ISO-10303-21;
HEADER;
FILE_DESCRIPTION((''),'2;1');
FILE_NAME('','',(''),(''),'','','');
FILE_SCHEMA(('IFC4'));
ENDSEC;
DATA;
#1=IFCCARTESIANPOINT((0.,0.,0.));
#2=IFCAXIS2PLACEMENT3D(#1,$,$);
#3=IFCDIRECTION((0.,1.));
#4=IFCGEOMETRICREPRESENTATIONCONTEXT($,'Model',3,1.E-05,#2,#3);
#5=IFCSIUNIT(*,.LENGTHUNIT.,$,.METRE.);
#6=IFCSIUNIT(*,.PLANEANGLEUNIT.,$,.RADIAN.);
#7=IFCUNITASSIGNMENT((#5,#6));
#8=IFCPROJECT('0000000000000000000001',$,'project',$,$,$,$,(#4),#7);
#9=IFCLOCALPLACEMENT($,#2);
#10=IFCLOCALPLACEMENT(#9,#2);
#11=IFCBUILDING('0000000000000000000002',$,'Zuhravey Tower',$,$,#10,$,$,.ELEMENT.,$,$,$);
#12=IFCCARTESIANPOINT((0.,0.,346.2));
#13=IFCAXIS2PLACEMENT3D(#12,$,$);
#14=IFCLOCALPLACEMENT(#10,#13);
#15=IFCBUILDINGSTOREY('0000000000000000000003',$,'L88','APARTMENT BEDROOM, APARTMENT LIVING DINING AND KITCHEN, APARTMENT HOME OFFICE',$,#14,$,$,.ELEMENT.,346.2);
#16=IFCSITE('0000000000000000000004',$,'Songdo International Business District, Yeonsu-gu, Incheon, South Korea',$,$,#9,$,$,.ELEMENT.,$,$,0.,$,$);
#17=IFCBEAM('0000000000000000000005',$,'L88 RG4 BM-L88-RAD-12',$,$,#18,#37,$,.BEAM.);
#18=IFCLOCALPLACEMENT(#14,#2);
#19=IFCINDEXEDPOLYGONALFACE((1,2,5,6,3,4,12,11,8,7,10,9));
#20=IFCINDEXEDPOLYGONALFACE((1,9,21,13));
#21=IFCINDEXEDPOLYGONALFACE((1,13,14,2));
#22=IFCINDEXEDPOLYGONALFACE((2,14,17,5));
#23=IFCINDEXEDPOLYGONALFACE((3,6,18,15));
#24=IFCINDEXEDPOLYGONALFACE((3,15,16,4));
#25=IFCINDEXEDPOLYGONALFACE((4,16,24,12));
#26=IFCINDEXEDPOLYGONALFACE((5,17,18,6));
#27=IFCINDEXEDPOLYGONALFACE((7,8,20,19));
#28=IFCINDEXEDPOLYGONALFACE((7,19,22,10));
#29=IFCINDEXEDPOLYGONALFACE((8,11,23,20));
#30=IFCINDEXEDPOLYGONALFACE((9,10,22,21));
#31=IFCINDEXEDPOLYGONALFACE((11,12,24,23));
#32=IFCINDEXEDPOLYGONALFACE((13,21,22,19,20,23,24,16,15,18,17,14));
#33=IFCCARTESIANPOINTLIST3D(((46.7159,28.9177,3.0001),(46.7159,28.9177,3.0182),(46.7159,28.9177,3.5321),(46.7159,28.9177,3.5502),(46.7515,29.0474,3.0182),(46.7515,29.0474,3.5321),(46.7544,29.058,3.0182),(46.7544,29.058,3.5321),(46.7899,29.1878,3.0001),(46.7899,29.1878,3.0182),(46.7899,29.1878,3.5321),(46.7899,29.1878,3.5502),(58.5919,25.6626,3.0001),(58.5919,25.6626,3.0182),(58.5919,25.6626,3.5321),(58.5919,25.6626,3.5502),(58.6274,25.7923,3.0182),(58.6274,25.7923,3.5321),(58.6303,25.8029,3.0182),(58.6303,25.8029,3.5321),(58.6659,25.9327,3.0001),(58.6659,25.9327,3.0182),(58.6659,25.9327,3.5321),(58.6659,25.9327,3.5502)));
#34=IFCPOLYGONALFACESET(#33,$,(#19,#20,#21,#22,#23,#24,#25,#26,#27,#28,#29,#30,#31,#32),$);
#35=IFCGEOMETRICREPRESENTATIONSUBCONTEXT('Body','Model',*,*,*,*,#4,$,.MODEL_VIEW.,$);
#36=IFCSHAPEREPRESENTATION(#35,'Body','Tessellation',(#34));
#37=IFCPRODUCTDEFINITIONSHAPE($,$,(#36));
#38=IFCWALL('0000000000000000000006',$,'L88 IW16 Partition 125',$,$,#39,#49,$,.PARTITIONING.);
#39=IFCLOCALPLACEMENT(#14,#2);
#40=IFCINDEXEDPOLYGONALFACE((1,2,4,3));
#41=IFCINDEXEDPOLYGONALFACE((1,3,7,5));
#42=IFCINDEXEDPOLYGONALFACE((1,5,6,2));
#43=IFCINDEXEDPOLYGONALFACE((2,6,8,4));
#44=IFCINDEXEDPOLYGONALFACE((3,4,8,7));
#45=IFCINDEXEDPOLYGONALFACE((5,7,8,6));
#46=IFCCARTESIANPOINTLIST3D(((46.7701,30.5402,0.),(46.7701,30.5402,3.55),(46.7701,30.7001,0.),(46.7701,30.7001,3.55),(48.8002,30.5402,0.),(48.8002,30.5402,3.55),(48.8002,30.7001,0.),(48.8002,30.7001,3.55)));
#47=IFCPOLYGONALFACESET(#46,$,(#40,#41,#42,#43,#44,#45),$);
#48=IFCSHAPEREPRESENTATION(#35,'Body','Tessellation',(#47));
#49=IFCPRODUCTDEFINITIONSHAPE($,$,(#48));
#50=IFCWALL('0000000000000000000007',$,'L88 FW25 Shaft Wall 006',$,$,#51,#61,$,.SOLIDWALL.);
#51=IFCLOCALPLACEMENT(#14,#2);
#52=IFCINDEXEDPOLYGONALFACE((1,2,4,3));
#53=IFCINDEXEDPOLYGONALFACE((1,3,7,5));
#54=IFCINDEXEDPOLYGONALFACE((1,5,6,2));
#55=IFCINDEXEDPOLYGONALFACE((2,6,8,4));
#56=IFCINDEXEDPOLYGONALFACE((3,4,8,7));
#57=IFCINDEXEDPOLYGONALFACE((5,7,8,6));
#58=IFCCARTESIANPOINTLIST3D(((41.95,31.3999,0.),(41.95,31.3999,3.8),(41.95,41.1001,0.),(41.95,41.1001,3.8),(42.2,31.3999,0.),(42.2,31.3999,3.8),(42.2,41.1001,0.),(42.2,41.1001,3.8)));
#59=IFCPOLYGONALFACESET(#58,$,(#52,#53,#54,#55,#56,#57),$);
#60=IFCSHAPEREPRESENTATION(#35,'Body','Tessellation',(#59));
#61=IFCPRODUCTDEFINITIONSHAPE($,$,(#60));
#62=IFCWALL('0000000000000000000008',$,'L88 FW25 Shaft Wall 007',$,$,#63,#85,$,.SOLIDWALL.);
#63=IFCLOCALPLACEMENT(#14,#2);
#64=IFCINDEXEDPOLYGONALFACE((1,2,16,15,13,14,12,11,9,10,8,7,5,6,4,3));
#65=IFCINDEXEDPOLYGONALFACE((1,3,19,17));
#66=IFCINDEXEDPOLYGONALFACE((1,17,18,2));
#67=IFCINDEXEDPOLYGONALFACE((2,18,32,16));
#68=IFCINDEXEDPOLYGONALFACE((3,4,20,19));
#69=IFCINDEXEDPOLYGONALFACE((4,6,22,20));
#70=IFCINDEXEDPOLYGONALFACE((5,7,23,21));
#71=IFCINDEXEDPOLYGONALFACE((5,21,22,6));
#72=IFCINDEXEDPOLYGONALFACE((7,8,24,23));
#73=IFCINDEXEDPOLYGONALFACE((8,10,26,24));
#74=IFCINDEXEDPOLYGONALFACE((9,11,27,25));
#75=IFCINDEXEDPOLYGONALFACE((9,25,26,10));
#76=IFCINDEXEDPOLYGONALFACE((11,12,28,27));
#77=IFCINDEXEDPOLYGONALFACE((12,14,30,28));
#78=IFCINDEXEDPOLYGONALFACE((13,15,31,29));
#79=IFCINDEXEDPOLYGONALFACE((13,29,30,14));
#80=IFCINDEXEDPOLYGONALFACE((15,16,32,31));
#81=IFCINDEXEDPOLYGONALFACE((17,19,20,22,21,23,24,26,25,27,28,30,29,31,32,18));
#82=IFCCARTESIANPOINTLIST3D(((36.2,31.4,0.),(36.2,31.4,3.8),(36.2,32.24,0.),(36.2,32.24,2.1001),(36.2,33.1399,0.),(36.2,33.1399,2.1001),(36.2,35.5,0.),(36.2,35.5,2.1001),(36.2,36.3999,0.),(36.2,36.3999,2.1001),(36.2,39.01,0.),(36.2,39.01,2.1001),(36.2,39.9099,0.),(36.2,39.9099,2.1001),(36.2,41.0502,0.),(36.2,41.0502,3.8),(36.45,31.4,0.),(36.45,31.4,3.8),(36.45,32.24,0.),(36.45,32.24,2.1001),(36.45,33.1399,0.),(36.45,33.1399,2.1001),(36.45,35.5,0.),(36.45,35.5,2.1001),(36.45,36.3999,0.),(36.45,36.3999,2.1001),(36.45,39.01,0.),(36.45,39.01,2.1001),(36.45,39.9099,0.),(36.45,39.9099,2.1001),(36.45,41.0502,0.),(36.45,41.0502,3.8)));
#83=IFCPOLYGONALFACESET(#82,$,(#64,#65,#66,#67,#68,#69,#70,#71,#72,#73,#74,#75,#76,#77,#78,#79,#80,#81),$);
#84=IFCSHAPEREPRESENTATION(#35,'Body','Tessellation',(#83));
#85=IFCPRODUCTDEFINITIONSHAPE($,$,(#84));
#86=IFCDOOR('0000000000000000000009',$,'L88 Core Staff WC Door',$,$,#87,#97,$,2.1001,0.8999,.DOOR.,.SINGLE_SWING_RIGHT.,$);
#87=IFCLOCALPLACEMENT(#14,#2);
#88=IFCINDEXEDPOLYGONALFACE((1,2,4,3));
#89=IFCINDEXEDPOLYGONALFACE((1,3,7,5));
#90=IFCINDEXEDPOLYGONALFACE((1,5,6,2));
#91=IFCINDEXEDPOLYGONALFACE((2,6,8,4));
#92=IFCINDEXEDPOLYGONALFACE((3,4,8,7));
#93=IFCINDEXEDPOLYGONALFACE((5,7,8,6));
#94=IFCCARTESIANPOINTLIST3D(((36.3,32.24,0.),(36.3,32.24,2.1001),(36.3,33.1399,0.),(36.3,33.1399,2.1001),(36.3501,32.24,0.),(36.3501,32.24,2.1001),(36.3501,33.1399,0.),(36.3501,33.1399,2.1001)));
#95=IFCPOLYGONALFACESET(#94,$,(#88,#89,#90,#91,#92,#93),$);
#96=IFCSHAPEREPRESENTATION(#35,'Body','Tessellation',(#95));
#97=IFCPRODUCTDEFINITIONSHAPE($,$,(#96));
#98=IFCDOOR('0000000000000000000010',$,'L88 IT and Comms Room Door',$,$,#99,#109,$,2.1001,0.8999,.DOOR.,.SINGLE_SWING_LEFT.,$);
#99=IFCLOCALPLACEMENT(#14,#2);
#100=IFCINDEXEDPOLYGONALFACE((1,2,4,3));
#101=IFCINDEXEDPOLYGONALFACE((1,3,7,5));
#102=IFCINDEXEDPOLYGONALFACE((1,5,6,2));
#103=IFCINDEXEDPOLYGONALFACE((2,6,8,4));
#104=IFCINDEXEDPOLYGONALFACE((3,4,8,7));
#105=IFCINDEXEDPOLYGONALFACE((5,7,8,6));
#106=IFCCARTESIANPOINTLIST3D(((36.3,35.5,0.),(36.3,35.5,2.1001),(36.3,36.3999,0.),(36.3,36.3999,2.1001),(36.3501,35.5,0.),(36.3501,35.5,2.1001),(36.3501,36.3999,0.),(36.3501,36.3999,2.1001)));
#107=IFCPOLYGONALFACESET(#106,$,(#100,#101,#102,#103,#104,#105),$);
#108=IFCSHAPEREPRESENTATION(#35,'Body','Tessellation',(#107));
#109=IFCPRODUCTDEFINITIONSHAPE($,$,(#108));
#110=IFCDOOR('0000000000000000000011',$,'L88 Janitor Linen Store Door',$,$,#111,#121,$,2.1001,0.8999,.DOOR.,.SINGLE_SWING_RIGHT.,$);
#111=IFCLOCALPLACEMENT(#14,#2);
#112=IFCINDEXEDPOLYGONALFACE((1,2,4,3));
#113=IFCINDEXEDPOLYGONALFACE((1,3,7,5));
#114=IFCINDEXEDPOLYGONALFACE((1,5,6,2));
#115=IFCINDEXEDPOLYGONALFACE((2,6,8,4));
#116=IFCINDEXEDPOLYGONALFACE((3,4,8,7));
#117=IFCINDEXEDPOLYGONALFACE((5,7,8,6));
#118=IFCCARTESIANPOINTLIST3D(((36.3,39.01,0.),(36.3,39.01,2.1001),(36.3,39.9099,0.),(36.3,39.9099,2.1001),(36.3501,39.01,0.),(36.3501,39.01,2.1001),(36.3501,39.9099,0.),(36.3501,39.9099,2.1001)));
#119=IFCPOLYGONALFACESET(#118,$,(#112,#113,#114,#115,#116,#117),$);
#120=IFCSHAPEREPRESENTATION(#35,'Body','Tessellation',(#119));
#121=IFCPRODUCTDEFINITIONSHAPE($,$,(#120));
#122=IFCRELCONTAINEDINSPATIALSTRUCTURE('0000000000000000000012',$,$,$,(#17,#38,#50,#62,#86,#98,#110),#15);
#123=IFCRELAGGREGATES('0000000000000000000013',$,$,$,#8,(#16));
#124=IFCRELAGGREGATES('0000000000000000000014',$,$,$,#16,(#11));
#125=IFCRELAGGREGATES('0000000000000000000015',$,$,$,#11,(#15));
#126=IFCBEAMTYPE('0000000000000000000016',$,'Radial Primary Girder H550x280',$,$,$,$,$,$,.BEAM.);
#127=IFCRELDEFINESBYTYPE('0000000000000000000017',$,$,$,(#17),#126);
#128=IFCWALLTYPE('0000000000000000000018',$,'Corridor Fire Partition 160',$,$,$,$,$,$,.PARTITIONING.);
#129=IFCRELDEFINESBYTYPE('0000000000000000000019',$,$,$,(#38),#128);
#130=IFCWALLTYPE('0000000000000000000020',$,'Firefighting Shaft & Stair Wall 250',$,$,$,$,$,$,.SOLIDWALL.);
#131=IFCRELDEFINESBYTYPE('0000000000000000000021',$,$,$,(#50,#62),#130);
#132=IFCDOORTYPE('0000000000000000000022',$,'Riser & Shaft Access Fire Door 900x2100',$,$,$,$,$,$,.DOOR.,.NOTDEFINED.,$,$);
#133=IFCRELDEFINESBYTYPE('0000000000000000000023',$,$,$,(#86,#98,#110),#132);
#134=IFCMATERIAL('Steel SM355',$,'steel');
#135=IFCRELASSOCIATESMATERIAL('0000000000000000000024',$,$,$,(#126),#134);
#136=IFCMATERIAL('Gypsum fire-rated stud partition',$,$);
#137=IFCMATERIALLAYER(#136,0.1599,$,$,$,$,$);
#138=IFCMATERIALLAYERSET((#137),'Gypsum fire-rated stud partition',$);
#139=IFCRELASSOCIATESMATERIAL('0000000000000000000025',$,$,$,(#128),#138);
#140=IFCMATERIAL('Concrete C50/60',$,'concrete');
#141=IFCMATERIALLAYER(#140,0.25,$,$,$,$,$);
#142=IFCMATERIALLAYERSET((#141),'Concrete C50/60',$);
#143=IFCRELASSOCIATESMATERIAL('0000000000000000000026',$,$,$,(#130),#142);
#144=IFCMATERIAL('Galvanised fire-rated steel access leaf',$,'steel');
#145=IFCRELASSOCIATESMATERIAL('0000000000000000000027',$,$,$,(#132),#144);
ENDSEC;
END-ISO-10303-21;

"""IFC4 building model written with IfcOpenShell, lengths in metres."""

from ifc_helpers import new_model, si_unit, direction, frame, frame_2d, origin, origin_2d, place, context, subcontext, project, spatial, rectangle, i_section, extrude, material, layer, layer_set, material_profile, profile_set, type_object, element, fill, save


model = new_model("IFC4")

# Units and contexts
model_context = context("Model", 3, precision=1e-05, world=origin(), true_north=direction((0.0, 1.0)))
body_context = subcontext(model_context, "Body", "Model", "MODEL_VIEW")
ifc_project = project(units=[si_unit("LENGTHUNIT", "METRE"), si_unit("PLANEANGLEUNIT", "RADIAN")], contexts=[model_context])

# Site, building, storey
site_placement = place(None, origin())
site = spatial("IfcSite", under=ifc_project, at=site_placement, Name="Songdo International Business District, Yeonsu-gu, Incheon, South Korea", CompositionType="ELEMENT", RefElevation=0.0)
building_placement = place(site_placement, origin())
building = spatial("IfcBuilding", under=site, at=building_placement, Name="Zuhravey Tower", CompositionType="ELEMENT")
storey_placement = place(building_placement, frame((0.0, 0.0, 346.2)))
storey = spatial("IfcBuildingStorey", under=building, at=storey_placement, Name="L88", Description="APARTMENT BEDROOM, APARTMENT LIVING DINING AND KITCHEN, APARTMENT HOME OFFICE", CompositionType="ELEMENT", Elevation=346.2)

# Beam
ifc_material_1 = material(Name="Steel SM355", Category="steel")
ifc_material_profile = material_profile(ifc_material_1, i_section(OverallWidth=0.28, OverallDepth=0.55, WebThickness=0.011, FlangeThickness=0.0181, at=origin_2d()), Name="H-550x280x11x18")
ifc_profile_set = profile_set([ifc_material_profile], Name="Steel SM355")
beam_type = type_object("IfcBeamType", Name="Radial Primary Girder H550x280", PredefinedType="BEAM", material=ifc_profile_set)
beam_placement = place(storey_placement, frame((46.7529, 29.0527, 3.2751), z_axis=(0.964429, -0.264344, 0.0), x_axis=(0.264344, 0.964429, 0.0)))
element("IfcBeam", 1, at=beam_placement, inside=storey, type_object=beam_type, Name="L88 RG4 BM-L88-RAD-12", PredefinedType="BEAM", context=body_context, shape_type="SweptSolid", body=[
    extrude(i_section(OverallWidth=0.28, OverallDepth=0.55, WebThickness=0.011, FlangeThickness=0.0181, at=origin_2d()), origin(), (0.0, 0.0, 1.0), 12.314),
])

# Walls
ifc_material_2 = material(Name="Gypsum fire-rated stud partition")
ifc_layer_1 = layer(ifc_material_2, 0.1599)
ifc_layer_set_1 = layer_set([ifc_layer_1], Name="Gypsum fire-rated stud partition")
wall_type_1 = type_object("IfcWallType", Name="Corridor Fire Partition 160", PredefinedType="PARTITIONING", material=ifc_layer_set_1)
wall_1_placement = place(storey_placement, frame((46.77, 30.6201, 0.0), z_axis=(0.0, 0.0, 1.0), x_axis=(1.0, 0.0, 0.0)))
element("IfcWall", 2, at=wall_1_placement, inside=storey, type_object=wall_type_1, Name="L88 IW16 Partition 125", PredefinedType="PARTITIONING", context=body_context, shape_type="SweptSolid", body=[
    extrude(rectangle(XDim=2.03, YDim=0.1599, at=frame_2d((1.0151, 0.0))), origin(), (0.0, 0.0, 1.0), 3.55),
])
ifc_material_3 = material(Name="Concrete C50/60", Category="concrete")
ifc_layer_2 = layer(ifc_material_3, 0.25)
ifc_layer_set_2 = layer_set([ifc_layer_2], Name="Concrete C50/60")
wall_type_2 = type_object("IfcWallType", Name="Firefighting Shaft & Stair Wall 250", PredefinedType="SOLIDWALL", material=ifc_layer_set_2)
wall_2_placement = place(storey_placement, frame((42.075, 31.3999, 0.0), z_axis=(0.0, 0.0, 1.0), x_axis=(0.0, 1.0, 0.0)))
element("IfcWall", 3, at=wall_2_placement, inside=storey, type_object=wall_type_2, Name="L88 FW25 Shaft Wall 006", PredefinedType="SOLIDWALL", context=body_context, shape_type="SweptSolid", body=[
    extrude(rectangle(XDim=9.7002, YDim=0.25, at=frame_2d((4.8501, 0.0))), origin(), (0.0, 0.0, 1.0), 3.8),
])

# Wall, openings, doors
wall_3_placement = place(storey_placement, frame((36.325, 31.3999, 0.0), z_axis=(0.0, 0.0, 1.0), x_axis=(0.0, 1.0, 0.0)))
wall_3 = element("IfcWall", 4, at=wall_3_placement, inside=storey, type_object=wall_type_2, Name="L88 FW25 Shaft Wall 007", PredefinedType="SOLIDWALL", context=body_context, shape_type="SweptSolid", body=[
    extrude(rectangle(XDim=9.6501, YDim=0.25, at=frame_2d((4.8252, 0.0))), origin(), (0.0, 0.0, 1.0), 3.8),
])
opening_1_placement = place(wall_3_placement, frame((0.8401, 0.0, 0.0)))
opening_1 = element("IfcOpeningElement", 5, at=opening_1_placement, cuts=wall_3, PredefinedType="OPENING", context=body_context, shape_type="SweptSolid", body=[
    extrude(rectangle(XDim=0.8999, YDim=2.1001, at=frame_2d((0.45, 1.05))), frame((0.0, 0.137, 0.0), z_axis=(0.0, -1.0, 0.0), x_axis=(1.0, 0.0, 0.0)), (0.0, 0.0, 1.0), 0.2739),
])
opening_2_placement = place(wall_3_placement, frame((4.1001, 0.0, 0.0)))
opening_2 = element("IfcOpeningElement", 6, at=opening_2_placement, cuts=wall_3, PredefinedType="OPENING", context=body_context, shape_type="SweptSolid", body=[
    extrude(rectangle(XDim=0.8999, YDim=2.1001, at=frame_2d((0.45, 1.05))), frame((0.0, 0.137, 0.0), z_axis=(0.0, -1.0, 0.0), x_axis=(1.0, 0.0, 0.0)), (0.0, 0.0, 1.0), 0.2739),
])
opening_3_placement = place(wall_3_placement, frame((7.6101, 0.0, 0.0)))
opening_3 = element("IfcOpeningElement", 7, at=opening_3_placement, cuts=wall_3, PredefinedType="OPENING", context=body_context, shape_type="SweptSolid", body=[
    extrude(rectangle(XDim=0.8999, YDim=2.1001, at=frame_2d((0.45, 1.05))), frame((0.0, 0.137, 0.0), z_axis=(0.0, -1.0, 0.0), x_axis=(1.0, 0.0, 0.0)), (0.0, 0.0, 1.0), 0.2739),
])
ifc_material_4 = material(Name="Galvanised fire-rated steel access leaf", Category="steel")
door_type_1 = type_object("IfcDoorType", Name="Riser & Shaft Access Fire Door 900x2100", OperationType="NOTDEFINED", PredefinedType="DOOR", material=ifc_material_4)
door_1_placement = place(opening_1_placement, origin())
door_1 = element("IfcDoor", 8, at=door_1_placement, inside=storey, type_object=door_type_1, Name="L88 Core Staff WC Door", OperationType="SINGLE_SWING_RIGHT", OverallHeight=2.1001, OverallWidth=0.8999, PredefinedType="DOOR", context=body_context, shape_type="SweptSolid", body=[
    extrude(rectangle(XDim=0.8999, YDim=2.1001, at=frame_2d((0.45, 1.05))), frame((0.0, 0.0249, 0.0), z_axis=(0.0, -1.0, 0.0), x_axis=(1.0, 0.0, 0.0)), (0.0, 0.0, 1.0), 0.05),
])
fill(opening_1, door_1)
door_2_placement = place(opening_2_placement, origin())
door_2 = element("IfcDoor", 9, at=door_2_placement, inside=storey, type_object=door_type_1, Name="L88 IT and Comms Room Door", OperationType="SINGLE_SWING_LEFT", OverallHeight=2.1001, OverallWidth=0.8999, PredefinedType="DOOR", context=body_context, shape_type="SweptSolid", body=[
    extrude(rectangle(XDim=0.8999, YDim=2.1001, at=frame_2d((0.45, 1.05))), frame((0.0, 0.0249, 0.0), z_axis=(0.0, -1.0, 0.0), x_axis=(1.0, 0.0, 0.0)), (0.0, 0.0, 1.0), 0.05),
])
fill(opening_2, door_2)
door_3_placement = place(opening_3_placement, origin())
door_3 = element("IfcDoor", 10, at=door_3_placement, inside=storey, type_object=door_type_1, Name="L88 Janitor Linen Store Door", OperationType="SINGLE_SWING_RIGHT", OverallHeight=2.1001, OverallWidth=0.8999, PredefinedType="DOOR", context=body_context, shape_type="SweptSolid", body=[
    extrude(rectangle(XDim=0.8999, YDim=2.1001, at=frame_2d((0.45, 1.05))), frame((0.0, 0.0249, 0.0), z_axis=(0.0, -1.0, 0.0), x_axis=(1.0, 0.0, 0.0)), (0.0, 0.0, 1.0), 0.05),
])
fill(opening_3, door_3)

save(model, "model.ifc")
